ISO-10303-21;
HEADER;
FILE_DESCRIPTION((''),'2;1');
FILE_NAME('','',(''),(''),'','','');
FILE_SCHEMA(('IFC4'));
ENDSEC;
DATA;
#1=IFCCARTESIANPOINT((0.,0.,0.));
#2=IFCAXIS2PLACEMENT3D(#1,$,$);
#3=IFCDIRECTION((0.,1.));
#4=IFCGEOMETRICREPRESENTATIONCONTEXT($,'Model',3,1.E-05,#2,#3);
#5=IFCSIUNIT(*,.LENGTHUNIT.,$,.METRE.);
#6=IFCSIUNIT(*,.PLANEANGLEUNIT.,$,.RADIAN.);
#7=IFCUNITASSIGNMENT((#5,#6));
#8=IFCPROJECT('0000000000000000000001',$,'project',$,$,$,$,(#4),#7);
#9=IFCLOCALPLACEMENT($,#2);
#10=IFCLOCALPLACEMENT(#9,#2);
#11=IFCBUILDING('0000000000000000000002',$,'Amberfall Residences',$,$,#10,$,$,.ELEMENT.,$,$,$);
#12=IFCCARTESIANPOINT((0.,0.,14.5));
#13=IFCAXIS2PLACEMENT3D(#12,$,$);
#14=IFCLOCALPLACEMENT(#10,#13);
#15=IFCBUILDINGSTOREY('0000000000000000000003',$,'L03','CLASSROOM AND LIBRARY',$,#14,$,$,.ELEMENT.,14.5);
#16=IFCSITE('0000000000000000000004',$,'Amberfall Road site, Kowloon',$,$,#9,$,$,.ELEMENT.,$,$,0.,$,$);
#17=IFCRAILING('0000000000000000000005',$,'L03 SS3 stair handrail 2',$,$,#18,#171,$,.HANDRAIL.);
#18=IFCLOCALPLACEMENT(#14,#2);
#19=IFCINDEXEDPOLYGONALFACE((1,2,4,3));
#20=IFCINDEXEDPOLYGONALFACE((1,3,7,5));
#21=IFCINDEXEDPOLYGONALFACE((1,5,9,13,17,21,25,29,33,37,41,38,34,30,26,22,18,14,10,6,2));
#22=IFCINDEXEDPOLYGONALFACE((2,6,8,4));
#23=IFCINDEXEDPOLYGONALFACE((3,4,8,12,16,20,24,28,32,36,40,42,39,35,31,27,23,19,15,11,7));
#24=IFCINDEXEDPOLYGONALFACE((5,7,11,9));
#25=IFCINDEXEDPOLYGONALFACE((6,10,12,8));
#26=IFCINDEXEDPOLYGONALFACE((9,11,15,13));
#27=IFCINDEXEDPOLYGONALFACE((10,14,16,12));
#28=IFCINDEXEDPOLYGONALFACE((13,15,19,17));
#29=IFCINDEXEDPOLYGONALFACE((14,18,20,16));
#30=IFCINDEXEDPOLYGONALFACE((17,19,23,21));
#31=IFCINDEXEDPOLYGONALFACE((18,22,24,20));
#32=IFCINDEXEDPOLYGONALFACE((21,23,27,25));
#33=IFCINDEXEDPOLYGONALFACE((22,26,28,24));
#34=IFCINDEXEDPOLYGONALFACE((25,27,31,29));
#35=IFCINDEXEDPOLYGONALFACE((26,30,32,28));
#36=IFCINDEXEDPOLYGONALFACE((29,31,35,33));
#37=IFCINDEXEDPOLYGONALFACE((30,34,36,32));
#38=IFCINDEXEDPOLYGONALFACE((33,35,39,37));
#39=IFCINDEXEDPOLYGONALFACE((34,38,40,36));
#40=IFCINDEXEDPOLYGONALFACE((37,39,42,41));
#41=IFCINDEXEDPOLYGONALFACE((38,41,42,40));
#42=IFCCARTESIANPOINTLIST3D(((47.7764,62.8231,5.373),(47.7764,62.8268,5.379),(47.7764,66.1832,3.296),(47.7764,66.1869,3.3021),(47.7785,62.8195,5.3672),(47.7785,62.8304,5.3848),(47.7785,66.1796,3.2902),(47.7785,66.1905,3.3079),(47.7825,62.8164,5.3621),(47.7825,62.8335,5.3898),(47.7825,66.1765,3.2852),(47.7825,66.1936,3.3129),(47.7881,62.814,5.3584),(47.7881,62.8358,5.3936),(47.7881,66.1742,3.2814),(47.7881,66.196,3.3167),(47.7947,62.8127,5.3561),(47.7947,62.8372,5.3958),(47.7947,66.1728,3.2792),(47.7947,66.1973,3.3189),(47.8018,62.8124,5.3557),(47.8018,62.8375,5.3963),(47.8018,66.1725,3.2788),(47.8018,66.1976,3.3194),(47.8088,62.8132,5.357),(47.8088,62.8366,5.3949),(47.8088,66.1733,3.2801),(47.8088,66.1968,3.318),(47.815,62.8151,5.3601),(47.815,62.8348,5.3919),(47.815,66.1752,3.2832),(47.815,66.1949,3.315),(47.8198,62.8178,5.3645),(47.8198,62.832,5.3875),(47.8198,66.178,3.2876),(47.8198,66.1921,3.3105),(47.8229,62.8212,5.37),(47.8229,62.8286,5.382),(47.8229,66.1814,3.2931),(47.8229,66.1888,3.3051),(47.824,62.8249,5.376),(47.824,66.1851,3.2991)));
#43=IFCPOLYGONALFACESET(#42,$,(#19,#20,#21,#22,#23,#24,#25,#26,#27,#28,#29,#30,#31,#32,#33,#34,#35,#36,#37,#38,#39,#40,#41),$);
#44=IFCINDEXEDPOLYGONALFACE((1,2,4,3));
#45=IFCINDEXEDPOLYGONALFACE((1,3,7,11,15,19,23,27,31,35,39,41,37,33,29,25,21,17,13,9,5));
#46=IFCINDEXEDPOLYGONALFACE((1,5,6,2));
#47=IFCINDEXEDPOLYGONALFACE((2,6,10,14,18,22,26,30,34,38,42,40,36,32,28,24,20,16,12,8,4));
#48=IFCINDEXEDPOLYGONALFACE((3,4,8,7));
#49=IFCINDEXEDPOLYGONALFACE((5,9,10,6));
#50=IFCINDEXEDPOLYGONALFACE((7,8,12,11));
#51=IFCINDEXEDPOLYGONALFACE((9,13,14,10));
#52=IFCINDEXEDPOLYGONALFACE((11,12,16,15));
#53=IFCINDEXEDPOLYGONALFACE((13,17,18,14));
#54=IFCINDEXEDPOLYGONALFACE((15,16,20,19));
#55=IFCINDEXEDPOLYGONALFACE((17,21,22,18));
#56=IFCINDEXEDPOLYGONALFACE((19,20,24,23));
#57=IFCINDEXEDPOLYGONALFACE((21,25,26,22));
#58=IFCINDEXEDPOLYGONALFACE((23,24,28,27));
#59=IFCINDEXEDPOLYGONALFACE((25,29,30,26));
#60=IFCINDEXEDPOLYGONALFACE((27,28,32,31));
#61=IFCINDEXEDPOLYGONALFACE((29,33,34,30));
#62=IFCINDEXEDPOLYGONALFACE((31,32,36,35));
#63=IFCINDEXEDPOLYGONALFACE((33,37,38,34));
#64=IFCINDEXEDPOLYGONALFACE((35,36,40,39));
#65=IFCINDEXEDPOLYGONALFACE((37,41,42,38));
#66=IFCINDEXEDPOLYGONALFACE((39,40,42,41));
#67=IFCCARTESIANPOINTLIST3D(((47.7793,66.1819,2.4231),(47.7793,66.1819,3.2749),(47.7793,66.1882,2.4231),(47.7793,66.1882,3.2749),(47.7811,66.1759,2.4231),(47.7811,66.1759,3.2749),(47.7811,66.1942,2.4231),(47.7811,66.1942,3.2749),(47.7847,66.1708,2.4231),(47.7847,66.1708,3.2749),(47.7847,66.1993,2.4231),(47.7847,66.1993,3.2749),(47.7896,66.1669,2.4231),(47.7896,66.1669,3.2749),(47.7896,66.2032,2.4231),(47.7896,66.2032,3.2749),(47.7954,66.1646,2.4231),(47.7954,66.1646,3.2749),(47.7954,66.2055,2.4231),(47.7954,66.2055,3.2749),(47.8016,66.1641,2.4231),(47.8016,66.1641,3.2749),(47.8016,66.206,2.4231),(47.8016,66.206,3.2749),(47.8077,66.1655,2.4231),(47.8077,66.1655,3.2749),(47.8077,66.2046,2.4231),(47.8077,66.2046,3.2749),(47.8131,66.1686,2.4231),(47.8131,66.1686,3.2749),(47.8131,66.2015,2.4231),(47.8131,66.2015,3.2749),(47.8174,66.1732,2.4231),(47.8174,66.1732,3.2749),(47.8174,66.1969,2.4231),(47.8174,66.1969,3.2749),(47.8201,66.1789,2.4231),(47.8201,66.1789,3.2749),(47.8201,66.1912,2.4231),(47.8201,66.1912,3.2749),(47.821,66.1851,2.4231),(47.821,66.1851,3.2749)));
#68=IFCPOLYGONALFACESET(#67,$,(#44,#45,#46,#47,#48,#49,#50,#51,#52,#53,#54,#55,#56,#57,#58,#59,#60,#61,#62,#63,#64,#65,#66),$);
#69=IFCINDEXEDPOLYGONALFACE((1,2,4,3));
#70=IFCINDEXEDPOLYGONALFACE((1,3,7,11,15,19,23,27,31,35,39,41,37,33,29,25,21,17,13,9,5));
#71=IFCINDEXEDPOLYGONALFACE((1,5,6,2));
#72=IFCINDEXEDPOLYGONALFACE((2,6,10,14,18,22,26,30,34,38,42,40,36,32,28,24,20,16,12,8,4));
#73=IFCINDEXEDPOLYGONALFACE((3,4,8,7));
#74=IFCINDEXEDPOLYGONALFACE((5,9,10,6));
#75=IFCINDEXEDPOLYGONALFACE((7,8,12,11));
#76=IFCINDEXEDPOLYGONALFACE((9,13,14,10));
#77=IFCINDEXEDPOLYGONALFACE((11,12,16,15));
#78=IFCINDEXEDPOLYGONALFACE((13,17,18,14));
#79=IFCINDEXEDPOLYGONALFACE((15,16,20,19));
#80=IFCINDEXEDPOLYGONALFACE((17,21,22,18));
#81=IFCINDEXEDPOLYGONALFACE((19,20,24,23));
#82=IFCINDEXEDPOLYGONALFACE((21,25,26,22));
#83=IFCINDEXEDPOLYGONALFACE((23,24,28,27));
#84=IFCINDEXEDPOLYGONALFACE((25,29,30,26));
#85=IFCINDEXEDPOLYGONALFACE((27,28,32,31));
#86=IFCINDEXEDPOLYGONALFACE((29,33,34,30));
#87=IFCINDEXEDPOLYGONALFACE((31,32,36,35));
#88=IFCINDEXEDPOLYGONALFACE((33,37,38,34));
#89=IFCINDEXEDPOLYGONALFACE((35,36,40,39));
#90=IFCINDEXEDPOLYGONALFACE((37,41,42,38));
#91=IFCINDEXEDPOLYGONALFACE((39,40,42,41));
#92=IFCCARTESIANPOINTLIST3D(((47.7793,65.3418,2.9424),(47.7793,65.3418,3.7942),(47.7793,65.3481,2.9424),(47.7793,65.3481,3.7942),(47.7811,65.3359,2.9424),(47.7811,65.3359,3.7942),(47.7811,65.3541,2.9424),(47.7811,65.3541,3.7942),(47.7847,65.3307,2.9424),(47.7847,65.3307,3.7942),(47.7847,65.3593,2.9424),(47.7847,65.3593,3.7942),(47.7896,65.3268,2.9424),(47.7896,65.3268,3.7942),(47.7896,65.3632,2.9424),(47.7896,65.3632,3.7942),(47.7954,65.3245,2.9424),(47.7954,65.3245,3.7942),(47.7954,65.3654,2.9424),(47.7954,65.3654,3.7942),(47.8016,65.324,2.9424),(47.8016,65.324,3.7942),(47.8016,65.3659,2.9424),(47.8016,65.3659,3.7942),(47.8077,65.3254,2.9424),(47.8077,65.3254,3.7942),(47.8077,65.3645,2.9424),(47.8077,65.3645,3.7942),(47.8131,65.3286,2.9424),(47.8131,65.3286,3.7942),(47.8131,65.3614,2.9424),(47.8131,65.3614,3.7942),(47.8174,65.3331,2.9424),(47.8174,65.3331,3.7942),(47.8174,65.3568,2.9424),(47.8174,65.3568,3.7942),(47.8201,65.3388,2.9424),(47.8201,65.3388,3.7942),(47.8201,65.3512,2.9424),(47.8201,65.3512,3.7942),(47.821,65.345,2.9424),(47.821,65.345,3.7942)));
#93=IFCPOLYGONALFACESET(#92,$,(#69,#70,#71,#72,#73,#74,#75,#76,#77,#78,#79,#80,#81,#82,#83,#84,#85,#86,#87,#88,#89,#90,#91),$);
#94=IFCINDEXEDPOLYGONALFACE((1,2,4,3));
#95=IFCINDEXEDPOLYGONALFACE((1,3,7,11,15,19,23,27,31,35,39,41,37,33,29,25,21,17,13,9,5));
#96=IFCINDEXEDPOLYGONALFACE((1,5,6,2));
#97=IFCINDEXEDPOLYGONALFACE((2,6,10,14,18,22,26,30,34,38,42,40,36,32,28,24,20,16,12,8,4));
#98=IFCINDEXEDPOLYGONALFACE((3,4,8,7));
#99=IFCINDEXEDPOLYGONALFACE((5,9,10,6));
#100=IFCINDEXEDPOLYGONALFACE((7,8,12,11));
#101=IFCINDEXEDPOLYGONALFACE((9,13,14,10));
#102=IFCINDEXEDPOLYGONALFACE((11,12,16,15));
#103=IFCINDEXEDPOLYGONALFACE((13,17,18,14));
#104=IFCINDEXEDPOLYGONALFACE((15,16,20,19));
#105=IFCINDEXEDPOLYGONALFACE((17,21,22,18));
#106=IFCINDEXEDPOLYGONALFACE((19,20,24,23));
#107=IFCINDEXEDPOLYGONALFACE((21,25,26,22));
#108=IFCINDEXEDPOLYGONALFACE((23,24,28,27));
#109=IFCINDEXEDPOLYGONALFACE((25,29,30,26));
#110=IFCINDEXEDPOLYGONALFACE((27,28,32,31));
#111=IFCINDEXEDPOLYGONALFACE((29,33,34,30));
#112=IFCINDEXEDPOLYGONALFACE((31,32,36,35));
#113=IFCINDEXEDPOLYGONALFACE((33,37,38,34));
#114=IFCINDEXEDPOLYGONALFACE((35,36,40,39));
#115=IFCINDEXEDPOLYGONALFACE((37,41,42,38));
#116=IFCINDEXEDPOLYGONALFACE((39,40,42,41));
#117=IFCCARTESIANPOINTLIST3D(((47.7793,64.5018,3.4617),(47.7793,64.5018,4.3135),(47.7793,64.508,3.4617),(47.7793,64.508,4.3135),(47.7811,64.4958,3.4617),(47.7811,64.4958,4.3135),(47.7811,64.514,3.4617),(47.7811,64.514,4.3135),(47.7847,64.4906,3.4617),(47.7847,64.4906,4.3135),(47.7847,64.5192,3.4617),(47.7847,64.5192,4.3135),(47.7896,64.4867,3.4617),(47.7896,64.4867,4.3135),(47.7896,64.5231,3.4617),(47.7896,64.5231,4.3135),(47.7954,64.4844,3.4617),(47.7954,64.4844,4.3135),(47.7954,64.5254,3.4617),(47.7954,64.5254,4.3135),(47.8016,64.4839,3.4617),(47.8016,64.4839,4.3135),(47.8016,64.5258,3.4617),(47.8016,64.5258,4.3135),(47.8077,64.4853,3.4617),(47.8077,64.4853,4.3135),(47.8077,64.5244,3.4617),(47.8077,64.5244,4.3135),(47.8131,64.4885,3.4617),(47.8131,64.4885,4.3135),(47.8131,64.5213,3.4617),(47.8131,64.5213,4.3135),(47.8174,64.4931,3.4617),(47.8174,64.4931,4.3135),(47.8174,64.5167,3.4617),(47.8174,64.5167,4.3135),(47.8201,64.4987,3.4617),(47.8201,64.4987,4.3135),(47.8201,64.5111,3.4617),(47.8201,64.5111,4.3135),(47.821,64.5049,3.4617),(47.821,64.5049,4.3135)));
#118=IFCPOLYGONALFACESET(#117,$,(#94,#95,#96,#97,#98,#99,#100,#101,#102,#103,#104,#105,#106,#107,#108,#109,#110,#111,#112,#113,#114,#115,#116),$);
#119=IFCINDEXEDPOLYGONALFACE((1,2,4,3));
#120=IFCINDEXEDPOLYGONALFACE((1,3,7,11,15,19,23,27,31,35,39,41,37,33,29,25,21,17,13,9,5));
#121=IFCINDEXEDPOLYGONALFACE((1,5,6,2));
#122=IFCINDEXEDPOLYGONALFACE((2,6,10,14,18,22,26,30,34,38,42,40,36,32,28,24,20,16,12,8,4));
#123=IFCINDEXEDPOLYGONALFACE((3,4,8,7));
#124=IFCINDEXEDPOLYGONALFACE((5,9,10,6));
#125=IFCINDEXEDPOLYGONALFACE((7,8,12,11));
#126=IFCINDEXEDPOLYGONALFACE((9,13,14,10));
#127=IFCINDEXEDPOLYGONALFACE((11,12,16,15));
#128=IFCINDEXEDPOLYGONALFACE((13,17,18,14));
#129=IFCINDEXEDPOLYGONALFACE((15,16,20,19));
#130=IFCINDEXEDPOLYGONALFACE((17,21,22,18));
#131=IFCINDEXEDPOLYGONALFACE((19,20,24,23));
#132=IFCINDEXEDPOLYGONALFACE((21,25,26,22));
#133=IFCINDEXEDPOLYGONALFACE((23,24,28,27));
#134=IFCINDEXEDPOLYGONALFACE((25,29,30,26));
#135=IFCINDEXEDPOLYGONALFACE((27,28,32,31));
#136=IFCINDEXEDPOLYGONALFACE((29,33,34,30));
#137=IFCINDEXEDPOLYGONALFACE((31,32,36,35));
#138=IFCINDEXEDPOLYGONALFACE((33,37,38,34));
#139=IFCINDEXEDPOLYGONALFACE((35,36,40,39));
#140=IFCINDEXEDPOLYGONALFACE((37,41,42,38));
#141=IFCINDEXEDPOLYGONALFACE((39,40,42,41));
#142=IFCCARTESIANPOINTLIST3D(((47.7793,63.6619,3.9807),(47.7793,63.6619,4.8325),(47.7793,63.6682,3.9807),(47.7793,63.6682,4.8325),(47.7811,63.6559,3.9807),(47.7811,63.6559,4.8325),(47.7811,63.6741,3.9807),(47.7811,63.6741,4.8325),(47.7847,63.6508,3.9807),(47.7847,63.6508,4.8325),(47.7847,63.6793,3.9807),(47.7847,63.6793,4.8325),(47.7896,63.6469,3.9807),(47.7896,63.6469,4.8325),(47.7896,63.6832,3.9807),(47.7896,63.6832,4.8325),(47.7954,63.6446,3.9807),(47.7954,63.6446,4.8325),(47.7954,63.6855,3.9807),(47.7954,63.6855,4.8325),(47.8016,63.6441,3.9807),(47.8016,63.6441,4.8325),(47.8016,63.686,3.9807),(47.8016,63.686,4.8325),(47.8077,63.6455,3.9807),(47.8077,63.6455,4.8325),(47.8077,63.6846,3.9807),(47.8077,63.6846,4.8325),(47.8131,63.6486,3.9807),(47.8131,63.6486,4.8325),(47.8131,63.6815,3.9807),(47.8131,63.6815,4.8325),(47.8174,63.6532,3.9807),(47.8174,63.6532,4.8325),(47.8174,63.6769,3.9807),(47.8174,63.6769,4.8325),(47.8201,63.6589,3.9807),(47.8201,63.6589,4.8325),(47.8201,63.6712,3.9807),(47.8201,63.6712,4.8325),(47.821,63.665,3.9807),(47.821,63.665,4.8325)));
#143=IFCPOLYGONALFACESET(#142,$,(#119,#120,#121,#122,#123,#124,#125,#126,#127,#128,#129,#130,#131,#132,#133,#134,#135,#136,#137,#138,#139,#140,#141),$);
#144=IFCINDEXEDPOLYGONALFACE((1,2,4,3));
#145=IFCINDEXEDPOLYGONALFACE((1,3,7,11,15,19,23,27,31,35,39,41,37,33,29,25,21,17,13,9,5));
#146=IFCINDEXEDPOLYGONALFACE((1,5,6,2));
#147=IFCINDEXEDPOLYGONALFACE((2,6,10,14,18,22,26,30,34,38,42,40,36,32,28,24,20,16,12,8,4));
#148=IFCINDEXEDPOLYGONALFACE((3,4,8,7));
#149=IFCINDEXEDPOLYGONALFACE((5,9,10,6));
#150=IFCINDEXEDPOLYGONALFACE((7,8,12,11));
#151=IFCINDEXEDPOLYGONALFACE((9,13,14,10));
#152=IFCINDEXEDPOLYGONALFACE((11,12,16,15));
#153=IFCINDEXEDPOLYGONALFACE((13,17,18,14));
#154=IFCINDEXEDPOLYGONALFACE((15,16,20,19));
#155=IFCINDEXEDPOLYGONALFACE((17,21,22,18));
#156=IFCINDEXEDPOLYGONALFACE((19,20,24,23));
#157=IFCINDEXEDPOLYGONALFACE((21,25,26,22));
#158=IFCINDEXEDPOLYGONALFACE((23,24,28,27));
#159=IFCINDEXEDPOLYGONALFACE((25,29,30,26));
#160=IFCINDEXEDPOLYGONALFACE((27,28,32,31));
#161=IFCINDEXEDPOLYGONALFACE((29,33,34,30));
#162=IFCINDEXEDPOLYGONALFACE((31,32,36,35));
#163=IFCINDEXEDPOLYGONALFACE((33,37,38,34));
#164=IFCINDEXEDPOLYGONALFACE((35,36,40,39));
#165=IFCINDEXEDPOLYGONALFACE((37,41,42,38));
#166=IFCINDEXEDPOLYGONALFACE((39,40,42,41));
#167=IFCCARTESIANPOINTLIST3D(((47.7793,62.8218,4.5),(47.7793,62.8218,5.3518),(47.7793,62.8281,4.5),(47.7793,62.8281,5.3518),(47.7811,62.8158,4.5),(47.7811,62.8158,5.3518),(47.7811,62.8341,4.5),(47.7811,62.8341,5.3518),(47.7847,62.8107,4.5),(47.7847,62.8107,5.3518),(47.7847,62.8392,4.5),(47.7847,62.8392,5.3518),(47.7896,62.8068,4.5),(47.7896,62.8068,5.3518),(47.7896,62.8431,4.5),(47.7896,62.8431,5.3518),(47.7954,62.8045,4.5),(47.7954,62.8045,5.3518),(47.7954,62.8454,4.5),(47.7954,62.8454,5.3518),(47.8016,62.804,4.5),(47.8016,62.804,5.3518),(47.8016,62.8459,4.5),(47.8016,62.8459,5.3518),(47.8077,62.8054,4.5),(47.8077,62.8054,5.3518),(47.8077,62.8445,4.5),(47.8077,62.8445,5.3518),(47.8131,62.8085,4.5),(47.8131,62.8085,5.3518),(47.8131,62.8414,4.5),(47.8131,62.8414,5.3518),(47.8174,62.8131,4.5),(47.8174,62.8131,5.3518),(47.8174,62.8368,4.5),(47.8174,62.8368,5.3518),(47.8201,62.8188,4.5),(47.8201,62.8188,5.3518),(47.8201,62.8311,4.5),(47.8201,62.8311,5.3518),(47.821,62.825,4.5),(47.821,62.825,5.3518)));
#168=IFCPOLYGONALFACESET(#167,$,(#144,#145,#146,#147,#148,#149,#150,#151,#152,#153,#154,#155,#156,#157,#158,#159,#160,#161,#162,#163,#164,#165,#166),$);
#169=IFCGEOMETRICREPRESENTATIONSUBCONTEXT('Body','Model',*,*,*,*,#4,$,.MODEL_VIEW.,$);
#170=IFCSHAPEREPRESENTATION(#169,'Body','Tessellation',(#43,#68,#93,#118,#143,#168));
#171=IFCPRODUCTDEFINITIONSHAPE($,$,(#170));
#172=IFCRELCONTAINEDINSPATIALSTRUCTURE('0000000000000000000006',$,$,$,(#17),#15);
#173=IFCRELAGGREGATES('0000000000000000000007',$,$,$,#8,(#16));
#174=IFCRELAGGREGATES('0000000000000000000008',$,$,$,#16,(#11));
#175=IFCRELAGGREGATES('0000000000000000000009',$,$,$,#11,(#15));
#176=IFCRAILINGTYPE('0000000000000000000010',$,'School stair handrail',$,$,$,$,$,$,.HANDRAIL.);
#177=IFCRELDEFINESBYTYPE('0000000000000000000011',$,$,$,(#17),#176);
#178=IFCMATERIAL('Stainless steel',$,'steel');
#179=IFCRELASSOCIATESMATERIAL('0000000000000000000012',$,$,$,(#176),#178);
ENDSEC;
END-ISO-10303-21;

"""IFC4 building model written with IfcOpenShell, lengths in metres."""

from ifc_helpers import new_model, si_unit, direction, frame, origin, origin_2d, place, context, subcontext, project, spatial, circle, extrude, material, type_object, element, save


model = new_model("IFC4")

# Units and contexts
model_context = context("Model", 3, precision=1e-05, world=origin(), true_north=direction((0.0, 1.0)))
body_context = subcontext(model_context, "Body", "Model", "MODEL_VIEW")
ifc_project = project(units=[si_unit("LENGTHUNIT", "METRE"), si_unit("PLANEANGLEUNIT", "RADIAN")], contexts=[model_context])

# Site, building, storey
site_placement = place(None, origin())
site = spatial("IfcSite", under=ifc_project, at=site_placement, Name="Amberfall Road site, Kowloon", CompositionType="ELEMENT", RefElevation=0.0)
building_placement = place(site_placement, origin())
building = spatial("IfcBuilding", under=site, at=building_placement, Name="Amberfall Residences", CompositionType="ELEMENT")
storey_placement = place(building_placement, frame((0.0, 0.0, 14.5)))
storey = spatial("IfcBuildingStorey", under=building, at=storey_placement, Name="L03", Description="CLASSROOM AND LIBRARY", CompositionType="ELEMENT", Elevation=14.5)

# Railing
ifc_material_1 = material(Name="Stainless steel", Category="steel")
railing_type_1 = type_object("IfcRailingType", Name="School stair handrail", PredefinedType="HANDRAIL", material=ifc_material_1)
railing_1_placement = place(storey_placement, frame((47.8, 66.1851, 2.4231)))
element("IfcRailing", 1, at=railing_1_placement, inside=storey, type_object=railing_type_1, Name="L03 SS3 stair handrail 2", PredefinedType="HANDRAIL", context=body_context, shape_type="SweptSolid", body=[
    extrude(circle(Radius=0.0239, at=origin_2d()), frame((0.0, 0.0, 0.876), z_axis=(0.0, -0.850623, 0.525776), x_axis=(1.0, 0.0, 0.0)), (0.0, 0.0, 1.0), 3.9502),
    extrude(circle(Radius=0.021, at=origin_2d()), origin(), (0.0, 0.0, 1.0), 0.8518),
    extrude(circle(Radius=0.021, at=origin_2d()), frame((0.0, -0.8401, 0.5193)), (0.0, 0.0, 1.0), 0.8518),
    extrude(circle(Radius=0.021, at=origin_2d()), frame((0.0, -1.6802, 1.0386)), (0.0, 0.0, 1.0), 0.8518),
    extrude(circle(Radius=0.021, at=origin_2d()), frame((0.0, -2.52, 1.5576)), (0.0, 0.0, 1.0), 0.8518),
    extrude(circle(Radius=0.021, at=origin_2d()), frame((0.0, -3.3601, 2.0769)), (0.0, 0.0, 1.0), 0.8518),
])

save(model, "model.ifc")
